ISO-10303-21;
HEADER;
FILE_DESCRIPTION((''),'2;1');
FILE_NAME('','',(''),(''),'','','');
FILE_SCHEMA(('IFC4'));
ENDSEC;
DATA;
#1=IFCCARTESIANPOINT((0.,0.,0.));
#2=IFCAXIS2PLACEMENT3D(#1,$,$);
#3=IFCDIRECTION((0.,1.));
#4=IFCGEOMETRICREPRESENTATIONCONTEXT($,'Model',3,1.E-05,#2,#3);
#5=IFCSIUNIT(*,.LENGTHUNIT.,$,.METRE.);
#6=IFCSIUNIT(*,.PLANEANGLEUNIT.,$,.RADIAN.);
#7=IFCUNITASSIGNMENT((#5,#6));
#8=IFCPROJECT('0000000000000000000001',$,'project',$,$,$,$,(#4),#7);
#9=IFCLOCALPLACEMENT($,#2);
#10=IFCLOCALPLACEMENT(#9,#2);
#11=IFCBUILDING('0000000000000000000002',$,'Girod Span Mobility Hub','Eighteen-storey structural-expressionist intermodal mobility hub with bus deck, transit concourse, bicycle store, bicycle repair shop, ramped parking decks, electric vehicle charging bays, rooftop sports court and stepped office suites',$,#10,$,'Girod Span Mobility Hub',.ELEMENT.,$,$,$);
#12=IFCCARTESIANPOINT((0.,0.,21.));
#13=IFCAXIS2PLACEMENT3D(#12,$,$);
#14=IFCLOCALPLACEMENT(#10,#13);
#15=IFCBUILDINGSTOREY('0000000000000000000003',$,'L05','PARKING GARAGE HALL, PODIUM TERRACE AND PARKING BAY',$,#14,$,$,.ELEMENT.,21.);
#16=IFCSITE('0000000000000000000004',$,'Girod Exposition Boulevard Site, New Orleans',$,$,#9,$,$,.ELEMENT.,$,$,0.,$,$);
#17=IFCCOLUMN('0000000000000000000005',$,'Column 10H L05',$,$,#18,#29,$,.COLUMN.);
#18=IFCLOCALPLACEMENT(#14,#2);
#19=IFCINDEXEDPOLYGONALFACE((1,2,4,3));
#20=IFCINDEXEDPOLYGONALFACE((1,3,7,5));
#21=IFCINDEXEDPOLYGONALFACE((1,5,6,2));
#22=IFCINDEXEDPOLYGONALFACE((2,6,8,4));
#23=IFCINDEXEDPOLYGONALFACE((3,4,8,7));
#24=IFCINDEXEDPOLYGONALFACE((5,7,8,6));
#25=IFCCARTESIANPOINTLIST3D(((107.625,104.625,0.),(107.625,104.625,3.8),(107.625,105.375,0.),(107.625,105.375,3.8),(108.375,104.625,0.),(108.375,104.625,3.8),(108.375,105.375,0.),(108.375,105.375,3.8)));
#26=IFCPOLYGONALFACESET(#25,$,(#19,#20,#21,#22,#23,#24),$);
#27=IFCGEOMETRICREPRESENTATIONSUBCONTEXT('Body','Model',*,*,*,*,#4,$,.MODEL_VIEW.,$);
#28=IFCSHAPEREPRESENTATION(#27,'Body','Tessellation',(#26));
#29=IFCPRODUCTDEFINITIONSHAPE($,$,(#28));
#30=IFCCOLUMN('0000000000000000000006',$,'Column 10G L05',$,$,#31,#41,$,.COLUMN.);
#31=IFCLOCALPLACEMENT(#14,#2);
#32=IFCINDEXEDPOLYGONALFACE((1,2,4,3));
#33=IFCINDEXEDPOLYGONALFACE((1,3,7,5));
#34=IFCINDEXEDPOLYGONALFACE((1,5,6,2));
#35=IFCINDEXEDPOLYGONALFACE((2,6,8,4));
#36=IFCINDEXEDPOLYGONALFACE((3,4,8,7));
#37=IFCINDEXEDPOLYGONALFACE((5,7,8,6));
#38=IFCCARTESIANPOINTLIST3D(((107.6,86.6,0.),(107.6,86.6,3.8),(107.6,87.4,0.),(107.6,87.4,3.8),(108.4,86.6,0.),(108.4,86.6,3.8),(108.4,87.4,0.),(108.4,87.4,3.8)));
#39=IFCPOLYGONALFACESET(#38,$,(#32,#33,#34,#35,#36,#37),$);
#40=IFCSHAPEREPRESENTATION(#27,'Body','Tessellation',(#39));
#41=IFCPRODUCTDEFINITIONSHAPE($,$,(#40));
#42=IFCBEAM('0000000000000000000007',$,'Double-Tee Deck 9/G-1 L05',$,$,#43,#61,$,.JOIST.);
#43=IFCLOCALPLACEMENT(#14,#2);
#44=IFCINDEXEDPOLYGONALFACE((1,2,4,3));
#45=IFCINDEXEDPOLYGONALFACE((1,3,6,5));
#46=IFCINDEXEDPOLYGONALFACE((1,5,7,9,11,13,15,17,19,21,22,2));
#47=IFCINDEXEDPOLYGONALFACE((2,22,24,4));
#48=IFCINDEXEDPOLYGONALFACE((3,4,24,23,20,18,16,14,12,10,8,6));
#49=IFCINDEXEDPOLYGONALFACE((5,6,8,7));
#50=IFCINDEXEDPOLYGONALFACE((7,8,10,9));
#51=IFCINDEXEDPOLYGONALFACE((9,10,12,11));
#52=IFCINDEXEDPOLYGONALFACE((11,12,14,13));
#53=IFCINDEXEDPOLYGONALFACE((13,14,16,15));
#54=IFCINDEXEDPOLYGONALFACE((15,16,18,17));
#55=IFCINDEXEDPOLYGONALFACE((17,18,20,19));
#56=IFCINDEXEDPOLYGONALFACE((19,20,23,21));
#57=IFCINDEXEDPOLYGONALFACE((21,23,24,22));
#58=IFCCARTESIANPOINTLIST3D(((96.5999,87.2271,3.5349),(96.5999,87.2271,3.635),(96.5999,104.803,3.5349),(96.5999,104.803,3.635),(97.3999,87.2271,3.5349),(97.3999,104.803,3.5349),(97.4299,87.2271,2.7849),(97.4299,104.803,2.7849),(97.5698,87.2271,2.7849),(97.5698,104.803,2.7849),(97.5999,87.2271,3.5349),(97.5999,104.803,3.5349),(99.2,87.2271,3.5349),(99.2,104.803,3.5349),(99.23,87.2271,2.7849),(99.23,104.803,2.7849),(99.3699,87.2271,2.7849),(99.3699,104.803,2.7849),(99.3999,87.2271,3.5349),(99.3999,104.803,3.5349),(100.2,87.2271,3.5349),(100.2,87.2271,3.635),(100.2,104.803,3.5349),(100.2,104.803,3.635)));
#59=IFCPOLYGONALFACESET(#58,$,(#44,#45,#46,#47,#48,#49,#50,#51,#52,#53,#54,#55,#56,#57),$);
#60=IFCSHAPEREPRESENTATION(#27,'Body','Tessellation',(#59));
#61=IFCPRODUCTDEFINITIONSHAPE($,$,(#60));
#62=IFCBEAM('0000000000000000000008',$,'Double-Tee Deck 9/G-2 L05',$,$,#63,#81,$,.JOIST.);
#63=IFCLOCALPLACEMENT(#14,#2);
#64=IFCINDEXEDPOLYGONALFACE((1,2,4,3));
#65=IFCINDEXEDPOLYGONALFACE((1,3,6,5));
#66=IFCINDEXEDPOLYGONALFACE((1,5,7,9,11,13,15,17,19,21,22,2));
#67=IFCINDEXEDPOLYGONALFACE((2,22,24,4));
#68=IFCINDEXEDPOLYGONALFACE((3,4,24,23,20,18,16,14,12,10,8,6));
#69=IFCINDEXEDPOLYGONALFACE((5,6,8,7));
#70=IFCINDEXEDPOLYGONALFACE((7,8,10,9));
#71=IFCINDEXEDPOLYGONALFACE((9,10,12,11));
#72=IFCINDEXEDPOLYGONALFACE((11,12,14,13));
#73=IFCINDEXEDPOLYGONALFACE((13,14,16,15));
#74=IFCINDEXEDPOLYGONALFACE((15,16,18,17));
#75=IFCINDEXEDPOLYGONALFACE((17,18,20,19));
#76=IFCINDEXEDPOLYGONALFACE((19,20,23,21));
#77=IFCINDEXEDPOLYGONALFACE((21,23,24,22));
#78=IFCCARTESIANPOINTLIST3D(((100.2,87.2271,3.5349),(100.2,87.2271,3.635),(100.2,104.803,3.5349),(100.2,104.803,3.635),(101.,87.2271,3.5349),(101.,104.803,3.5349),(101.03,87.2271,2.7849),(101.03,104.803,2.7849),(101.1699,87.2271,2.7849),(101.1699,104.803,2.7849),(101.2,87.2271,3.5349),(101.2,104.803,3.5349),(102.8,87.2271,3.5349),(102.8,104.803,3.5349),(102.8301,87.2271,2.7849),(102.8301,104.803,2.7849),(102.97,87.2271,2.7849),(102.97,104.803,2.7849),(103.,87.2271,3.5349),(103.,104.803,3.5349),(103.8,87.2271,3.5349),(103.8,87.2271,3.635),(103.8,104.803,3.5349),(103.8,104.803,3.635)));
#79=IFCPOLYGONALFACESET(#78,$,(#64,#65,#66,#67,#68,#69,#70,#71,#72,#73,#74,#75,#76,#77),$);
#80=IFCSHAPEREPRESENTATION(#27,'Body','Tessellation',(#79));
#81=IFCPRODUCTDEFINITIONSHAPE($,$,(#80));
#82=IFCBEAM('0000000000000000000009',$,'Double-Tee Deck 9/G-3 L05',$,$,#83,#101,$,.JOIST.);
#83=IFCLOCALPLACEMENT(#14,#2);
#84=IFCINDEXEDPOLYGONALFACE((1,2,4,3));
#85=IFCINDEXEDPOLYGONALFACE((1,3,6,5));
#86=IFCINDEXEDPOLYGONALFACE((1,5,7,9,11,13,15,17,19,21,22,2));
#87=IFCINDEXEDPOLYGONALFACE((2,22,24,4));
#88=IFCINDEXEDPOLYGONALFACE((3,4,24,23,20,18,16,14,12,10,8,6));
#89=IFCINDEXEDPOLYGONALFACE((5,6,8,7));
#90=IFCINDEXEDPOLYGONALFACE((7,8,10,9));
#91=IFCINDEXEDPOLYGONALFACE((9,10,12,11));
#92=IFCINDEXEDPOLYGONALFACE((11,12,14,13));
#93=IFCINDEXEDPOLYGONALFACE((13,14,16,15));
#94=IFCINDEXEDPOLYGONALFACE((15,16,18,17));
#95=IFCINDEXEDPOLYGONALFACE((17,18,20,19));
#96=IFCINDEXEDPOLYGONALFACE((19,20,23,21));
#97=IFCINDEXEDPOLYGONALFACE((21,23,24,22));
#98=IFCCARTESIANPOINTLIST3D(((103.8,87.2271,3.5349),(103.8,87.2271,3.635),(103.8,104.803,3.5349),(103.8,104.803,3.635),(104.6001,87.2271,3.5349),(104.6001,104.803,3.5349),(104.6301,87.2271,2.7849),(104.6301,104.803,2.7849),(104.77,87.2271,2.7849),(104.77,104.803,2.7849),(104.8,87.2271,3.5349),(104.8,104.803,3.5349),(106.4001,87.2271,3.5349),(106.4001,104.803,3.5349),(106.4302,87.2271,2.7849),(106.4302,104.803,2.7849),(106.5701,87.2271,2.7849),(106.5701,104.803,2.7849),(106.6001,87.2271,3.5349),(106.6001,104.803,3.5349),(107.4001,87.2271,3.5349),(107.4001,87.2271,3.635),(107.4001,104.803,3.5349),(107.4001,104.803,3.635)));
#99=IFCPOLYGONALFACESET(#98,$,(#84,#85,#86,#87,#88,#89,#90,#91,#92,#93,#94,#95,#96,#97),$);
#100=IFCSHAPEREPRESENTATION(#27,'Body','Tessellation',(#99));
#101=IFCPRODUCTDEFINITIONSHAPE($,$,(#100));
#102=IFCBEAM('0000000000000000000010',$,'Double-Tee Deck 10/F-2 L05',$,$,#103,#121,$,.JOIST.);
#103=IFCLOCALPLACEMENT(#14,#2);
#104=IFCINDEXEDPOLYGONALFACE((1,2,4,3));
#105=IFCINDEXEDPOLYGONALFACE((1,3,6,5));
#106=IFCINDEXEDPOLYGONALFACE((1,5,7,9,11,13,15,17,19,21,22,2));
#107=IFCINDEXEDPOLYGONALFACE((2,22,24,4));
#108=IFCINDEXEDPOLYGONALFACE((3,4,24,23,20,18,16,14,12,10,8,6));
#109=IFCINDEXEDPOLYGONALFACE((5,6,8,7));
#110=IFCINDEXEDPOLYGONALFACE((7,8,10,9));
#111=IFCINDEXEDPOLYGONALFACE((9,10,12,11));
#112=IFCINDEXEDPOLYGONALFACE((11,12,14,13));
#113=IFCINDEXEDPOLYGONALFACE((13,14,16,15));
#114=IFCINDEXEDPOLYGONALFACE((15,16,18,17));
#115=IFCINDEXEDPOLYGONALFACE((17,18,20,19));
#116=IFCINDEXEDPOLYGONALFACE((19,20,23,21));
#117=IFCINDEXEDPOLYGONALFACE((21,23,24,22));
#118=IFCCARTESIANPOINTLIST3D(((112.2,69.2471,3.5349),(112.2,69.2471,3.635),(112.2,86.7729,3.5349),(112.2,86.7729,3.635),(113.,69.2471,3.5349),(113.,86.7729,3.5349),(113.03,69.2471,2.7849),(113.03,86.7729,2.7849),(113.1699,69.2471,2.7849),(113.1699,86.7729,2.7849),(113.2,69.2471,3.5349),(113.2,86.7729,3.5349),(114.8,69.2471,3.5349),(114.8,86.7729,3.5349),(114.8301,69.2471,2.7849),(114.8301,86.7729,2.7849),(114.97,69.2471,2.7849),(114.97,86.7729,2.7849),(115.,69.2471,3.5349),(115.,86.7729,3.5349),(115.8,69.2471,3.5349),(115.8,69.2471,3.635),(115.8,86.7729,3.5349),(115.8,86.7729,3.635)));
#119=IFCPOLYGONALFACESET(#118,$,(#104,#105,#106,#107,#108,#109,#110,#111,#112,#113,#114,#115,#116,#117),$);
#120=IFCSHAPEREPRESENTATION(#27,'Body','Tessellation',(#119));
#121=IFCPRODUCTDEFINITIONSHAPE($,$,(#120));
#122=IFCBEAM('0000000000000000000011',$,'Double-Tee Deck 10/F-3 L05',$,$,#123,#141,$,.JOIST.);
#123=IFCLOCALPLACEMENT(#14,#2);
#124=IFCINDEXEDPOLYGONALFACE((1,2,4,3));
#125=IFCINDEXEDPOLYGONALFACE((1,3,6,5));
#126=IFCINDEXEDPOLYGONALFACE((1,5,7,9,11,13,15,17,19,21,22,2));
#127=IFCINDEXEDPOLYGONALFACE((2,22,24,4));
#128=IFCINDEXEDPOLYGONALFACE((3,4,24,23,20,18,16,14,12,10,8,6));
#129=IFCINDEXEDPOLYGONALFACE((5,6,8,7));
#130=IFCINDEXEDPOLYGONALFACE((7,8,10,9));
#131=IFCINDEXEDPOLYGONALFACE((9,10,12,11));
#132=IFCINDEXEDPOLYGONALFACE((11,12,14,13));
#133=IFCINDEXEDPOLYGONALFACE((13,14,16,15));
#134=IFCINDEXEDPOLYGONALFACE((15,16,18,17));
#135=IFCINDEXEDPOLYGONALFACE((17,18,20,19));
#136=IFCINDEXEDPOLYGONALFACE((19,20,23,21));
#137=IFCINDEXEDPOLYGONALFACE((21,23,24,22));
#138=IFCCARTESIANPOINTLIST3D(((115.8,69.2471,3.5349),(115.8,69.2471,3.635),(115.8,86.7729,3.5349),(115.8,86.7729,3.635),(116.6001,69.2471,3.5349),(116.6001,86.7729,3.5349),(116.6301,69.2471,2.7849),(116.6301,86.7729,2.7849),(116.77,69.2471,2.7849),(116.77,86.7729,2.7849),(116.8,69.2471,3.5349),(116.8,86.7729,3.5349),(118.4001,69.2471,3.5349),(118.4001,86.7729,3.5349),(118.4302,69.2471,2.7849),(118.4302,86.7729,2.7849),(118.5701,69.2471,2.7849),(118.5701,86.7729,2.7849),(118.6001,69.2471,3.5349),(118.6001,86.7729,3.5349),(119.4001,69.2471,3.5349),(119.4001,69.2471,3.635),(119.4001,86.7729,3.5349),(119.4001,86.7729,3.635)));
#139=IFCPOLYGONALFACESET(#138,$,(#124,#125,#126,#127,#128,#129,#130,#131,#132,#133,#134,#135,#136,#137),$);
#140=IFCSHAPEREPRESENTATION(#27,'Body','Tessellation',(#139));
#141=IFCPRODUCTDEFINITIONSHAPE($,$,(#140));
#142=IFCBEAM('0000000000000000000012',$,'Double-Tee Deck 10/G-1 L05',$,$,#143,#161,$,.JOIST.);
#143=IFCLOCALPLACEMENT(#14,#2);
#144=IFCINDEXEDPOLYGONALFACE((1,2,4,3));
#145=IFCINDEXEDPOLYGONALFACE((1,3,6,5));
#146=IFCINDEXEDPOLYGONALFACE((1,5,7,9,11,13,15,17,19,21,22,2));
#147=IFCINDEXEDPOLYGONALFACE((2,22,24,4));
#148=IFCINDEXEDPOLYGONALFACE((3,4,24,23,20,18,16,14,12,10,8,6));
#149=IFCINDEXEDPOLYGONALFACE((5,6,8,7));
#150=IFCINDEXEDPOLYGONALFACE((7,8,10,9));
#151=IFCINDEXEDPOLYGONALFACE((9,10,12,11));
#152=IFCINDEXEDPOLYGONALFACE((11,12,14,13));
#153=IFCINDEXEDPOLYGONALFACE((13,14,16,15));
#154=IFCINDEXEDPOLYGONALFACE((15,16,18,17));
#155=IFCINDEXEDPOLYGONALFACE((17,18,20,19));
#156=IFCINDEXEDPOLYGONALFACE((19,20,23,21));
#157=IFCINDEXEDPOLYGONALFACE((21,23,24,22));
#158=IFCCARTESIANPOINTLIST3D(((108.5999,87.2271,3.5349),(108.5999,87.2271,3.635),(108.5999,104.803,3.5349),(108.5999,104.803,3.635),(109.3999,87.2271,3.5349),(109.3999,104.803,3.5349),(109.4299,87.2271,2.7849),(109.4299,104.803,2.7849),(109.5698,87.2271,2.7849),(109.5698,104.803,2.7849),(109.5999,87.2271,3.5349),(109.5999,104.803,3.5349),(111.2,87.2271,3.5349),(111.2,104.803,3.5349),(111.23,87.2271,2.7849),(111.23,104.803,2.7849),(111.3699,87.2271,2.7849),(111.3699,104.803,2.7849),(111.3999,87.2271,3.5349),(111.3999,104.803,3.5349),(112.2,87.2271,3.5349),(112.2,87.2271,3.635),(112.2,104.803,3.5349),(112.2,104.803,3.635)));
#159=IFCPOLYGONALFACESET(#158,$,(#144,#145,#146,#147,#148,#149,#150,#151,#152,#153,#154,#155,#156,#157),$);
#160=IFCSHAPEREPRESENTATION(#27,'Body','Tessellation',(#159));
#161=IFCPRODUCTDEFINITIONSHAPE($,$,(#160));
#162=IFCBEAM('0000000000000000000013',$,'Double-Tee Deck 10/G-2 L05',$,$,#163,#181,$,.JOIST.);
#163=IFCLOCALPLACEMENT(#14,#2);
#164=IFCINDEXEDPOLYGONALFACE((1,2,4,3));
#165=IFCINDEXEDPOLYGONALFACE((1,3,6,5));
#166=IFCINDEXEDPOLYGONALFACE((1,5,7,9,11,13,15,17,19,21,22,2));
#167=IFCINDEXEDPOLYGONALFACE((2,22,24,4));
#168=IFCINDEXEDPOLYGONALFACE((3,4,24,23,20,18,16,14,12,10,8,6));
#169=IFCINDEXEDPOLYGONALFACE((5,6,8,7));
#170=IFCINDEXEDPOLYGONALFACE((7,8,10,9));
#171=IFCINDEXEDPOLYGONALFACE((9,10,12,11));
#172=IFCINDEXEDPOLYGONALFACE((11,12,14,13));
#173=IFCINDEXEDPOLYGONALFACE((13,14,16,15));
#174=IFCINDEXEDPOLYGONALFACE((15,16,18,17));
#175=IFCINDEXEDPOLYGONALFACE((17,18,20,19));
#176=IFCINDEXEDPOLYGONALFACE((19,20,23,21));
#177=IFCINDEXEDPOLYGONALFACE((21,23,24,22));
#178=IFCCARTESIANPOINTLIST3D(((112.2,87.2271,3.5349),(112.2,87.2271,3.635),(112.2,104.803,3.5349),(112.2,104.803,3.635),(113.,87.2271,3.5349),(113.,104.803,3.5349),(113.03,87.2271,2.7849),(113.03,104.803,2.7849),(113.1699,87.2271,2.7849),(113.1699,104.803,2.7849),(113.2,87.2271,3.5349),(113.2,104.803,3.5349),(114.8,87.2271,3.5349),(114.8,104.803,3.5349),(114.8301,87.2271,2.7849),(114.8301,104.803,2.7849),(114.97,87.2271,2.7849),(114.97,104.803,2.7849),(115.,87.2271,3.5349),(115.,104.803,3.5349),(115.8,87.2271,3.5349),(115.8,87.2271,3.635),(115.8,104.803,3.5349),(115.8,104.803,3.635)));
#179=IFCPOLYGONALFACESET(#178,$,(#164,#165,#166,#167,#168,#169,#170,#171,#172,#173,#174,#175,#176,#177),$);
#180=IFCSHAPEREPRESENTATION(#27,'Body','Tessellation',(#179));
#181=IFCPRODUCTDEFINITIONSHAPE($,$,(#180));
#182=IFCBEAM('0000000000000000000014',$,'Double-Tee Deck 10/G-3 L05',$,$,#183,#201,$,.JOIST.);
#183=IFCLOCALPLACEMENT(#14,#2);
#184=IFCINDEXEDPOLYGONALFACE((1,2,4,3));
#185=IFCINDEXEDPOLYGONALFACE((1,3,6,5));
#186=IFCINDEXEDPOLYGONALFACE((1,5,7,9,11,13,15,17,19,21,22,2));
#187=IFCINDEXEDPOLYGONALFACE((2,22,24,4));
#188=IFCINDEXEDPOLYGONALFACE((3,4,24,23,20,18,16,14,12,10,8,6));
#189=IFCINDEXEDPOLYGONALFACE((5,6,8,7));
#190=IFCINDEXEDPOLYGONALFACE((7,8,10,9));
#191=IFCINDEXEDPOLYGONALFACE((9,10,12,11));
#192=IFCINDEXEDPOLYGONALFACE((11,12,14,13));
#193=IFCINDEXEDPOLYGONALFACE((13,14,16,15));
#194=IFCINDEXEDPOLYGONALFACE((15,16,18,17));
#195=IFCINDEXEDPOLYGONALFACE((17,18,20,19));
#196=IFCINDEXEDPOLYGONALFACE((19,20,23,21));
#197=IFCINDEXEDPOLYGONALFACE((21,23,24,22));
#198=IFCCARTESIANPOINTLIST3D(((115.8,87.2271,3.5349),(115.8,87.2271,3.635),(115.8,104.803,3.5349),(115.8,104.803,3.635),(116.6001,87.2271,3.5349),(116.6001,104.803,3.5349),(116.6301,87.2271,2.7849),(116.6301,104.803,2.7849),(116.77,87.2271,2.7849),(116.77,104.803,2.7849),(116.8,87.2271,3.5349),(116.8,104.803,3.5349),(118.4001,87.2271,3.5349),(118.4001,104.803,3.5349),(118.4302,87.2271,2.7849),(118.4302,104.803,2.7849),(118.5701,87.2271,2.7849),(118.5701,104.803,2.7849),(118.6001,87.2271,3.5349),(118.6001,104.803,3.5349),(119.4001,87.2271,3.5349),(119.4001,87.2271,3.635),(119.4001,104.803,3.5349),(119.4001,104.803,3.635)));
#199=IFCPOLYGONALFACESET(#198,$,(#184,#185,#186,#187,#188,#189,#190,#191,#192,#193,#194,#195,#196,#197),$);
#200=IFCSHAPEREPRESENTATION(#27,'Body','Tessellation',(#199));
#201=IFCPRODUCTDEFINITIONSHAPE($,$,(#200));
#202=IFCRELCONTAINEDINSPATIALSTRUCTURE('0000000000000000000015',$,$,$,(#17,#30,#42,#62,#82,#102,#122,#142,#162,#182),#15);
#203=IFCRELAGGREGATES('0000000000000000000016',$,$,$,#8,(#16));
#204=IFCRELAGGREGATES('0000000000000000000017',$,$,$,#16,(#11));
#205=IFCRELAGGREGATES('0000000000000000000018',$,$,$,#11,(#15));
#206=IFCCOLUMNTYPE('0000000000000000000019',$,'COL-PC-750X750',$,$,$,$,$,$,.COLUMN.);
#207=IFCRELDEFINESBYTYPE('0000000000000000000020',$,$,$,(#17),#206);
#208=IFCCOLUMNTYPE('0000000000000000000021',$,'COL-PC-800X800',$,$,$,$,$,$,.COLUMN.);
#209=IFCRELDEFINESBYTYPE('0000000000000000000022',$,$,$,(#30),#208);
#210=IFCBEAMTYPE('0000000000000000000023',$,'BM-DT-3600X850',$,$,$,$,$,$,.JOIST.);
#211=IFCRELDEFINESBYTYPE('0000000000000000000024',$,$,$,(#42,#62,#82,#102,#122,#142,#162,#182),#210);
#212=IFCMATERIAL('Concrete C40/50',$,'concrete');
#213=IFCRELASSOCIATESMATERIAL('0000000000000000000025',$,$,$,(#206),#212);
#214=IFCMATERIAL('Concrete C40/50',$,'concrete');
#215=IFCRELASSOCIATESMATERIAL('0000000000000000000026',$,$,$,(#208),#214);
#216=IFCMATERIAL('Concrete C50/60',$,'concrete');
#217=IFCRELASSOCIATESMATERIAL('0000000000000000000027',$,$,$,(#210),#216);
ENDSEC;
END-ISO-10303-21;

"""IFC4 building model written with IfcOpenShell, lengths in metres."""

from ifc_helpers import new_model, si_unit, direction, frame, origin, origin_2d, place, context, subcontext, project, spatial, polyline, rectangle, outline, extrude, material, material_profile, profile_set, type_object, element, save


model = new_model("IFC4")

# Units and contexts
model_context = context("Model", 3, precision=1e-05, world=origin(), true_north=direction((0.0, 1.0)))
body_context = subcontext(model_context, "Body", "Model", "MODEL_VIEW")
ifc_project = project(units=[si_unit("LENGTHUNIT", "METRE"), si_unit("PLANEANGLEUNIT", "RADIAN")], contexts=[model_context])

# Site, building, storey
site_placement = place(None, origin())
site = spatial("IfcSite", under=ifc_project, at=site_placement, Name="Girod Exposition Boulevard Site, New Orleans", CompositionType="ELEMENT", RefElevation=0.0)
building_placement = place(site_placement, origin())
building = spatial("IfcBuilding", under=site, at=building_placement, Name="Girod Span Mobility Hub", Description="Eighteen-storey structural-expressionist intermodal mobility hub with bus deck, transit concourse, bicycle store, bicycle repair shop, ramped parking decks, electric vehicle charging bays, rooftop sports court and stepped office suites", LongName="Girod Span Mobility Hub", CompositionType="ELEMENT")
storey_placement = place(building_placement, frame((0.0, 0.0, 21.0)))
storey = spatial("IfcBuildingStorey", under=building, at=storey_placement, Name="L05", Description="PARKING GARAGE HALL, PODIUM TERRACE AND PARKING BAY", CompositionType="ELEMENT", Elevation=21.0)

# Columns
ifc_material_1 = material(Name="Concrete C40/50", Category="concrete")
ifc_material_profile_1 = material_profile(ifc_material_1, rectangle(XDim=0.75, YDim=0.75, at=origin_2d()), Name="PC-COL-750X750")
ifc_profile_set_1 = profile_set([ifc_material_profile_1], Name="Concrete C40/50")
column_type_1 = type_object("IfcColumnType", Name="COL-PC-750X750", PredefinedType="COLUMN", material=ifc_profile_set_1)
column_1_placement = place(storey_placement, frame((108.0, 105.0, 0.0), z_axis=(0.0, 0.0, 1.0), x_axis=(1.0, 0.0, 0.0)))
element("IfcColumn", 1, at=column_1_placement, inside=storey, type_object=column_type_1, Name="Column 10H L05", PredefinedType="COLUMN", context=body_context, shape_type="SweptSolid", body=[
    extrude(rectangle(XDim=0.75, YDim=0.75, at=origin_2d()), origin(), (0.0, 0.0, 1.0), 3.8),
])
ifc_material_2 = material(Name="Concrete C40/50", Category="concrete")
ifc_material_profile_2 = material_profile(ifc_material_2, rectangle(XDim=0.8, YDim=0.8, at=origin_2d()), Name="PC-COL-800X800")
ifc_profile_set_2 = profile_set([ifc_material_profile_2], Name="Concrete C40/50")
column_type_2 = type_object("IfcColumnType", Name="COL-PC-800X800", PredefinedType="COLUMN", material=ifc_profile_set_2)
column_2_placement = place(storey_placement, frame((108.0, 87.0, 0.0), z_axis=(0.0, 0.0, 1.0), x_axis=(1.0, 0.0, 0.0)))
element("IfcColumn", 2, at=column_2_placement, inside=storey, type_object=column_type_2, Name="Column 10G L05", PredefinedType="COLUMN", context=body_context, shape_type="SweptSolid", body=[
    extrude(rectangle(XDim=0.8, YDim=0.8, at=origin_2d()), origin(), (0.0, 0.0, 1.0), 3.8),
])

# Beams
ifc_material_3 = material(Name="Concrete C50/60", Category="concrete")
ifc_material_profile_3 = material_profile(ifc_material_3, outline(polyline([(-1.8, 0.425), (-1.8, 0.325), (-1.0, 0.325), (-0.97, -0.425), (-0.8301, -0.425), (-0.8, 0.325), (0.8, 0.325), (0.8301, -0.425), (0.97, -0.425), (1.0, 0.325), (1.8, 0.325), (1.8, 0.425), (-1.8, 0.425)])), Name="DT-3600X850")
ifc_profile_set_3 = profile_set([ifc_material_profile_3], Name="Concrete C50/60")
beam_type_1 = type_object("IfcBeamType", Name="BM-DT-3600X850", PredefinedType="JOIST", material=ifc_profile_set_3)
for number, where, z_axis, x_axis, name in (
    (3, (98.3999, 87.2271, 3.21), (0.0, 1.0, 0.0), (-1.0, 0.0, 0.0), "Double-Tee Deck 9/G-1 L05"),
    (4, (102.0, 87.2271, 3.21), (0.0, 1.0, 0.0), (-1.0, 0.0, 0.0), "Double-Tee Deck 9/G-2 L05"),
    (5, (105.6001, 87.2271, 3.21), (0.0, 1.0, 0.0), (-1.0, 0.0, 0.0), "Double-Tee Deck 9/G-3 L05"),
):
    element("IfcBeam", number, at=place(storey_placement, frame(where, z_axis=z_axis, x_axis=x_axis)), inside=storey, type_object=beam_type_1, Name=name, PredefinedType="JOIST", context=body_context, shape_type="SweptSolid", body=[
        extrude(outline(polyline([(-1.8, 0.425), (-1.8, 0.325), (-1.0, 0.325), (-0.97, -0.425), (-0.8301, -0.425), (-0.8, 0.325), (0.8, 0.325), (0.8301, -0.425), (0.97, -0.425), (1.0, 0.325), (1.8, 0.325), (1.8, 0.425), (-1.8, 0.425)])), origin(), (0.0, 0.0, 1.0), 17.5759),
    ])
for number, where, z_axis, x_axis, name in (
    (6, (114.0, 69.2471, 3.21), (0.0, 1.0, 0.0), (-1.0, 0.0, 0.0), "Double-Tee Deck 10/F-2 L05"),
    (7, (117.6001, 69.2471, 3.21), (0.0, 1.0, 0.0), (-1.0, 0.0, 0.0), "Double-Tee Deck 10/F-3 L05"),
):
    element("IfcBeam", number, at=place(storey_placement, frame(where, z_axis=z_axis, x_axis=x_axis)), inside=storey, type_object=beam_type_1, Name=name, PredefinedType="JOIST", context=body_context, shape_type="SweptSolid", body=[
        extrude(outline(polyline([(-1.8, 0.425), (-1.8, 0.325), (-1.0, 0.325), (-0.97, -0.425), (-0.8301, -0.425), (-0.8, 0.325), (0.8, 0.325), (0.8301, -0.425), (0.97, -0.425), (1.0, 0.325), (1.8, 0.325), (1.8, 0.425), (-1.8, 0.425)])), origin(), (0.0, 0.0, 1.0), 17.5259),
    ])
for number, where, z_axis, x_axis, name in (
    (8, (110.3999, 87.2271, 3.21), (0.0, 1.0, 0.0), (-1.0, 0.0, 0.0), "Double-Tee Deck 10/G-1 L05"),
    (9, (114.0, 87.2271, 3.21), (0.0, 1.0, 0.0), (-1.0, 0.0, 0.0), "Double-Tee Deck 10/G-2 L05"),
    (10, (117.6001, 87.2271, 3.21), (0.0, 1.0, 0.0), (-1.0, 0.0, 0.0), "Double-Tee Deck 10/G-3 L05"),
):
    element("IfcBeam", number, at=place(storey_placement, frame(where, z_axis=z_axis, x_axis=x_axis)), inside=storey, type_object=beam_type_1, Name=name, PredefinedType="JOIST", context=body_context, shape_type="SweptSolid", body=[
        extrude(outline(polyline([(-1.8, 0.425), (-1.8, 0.325), (-1.0, 0.325), (-0.97, -0.425), (-0.8301, -0.425), (-0.8, 0.325), (0.8, 0.325), (0.8301, -0.425), (0.97, -0.425), (1.0, 0.325), (1.8, 0.325), (1.8, 0.425), (-1.8, 0.425)])), origin(), (0.0, 0.0, 1.0), 17.5759),
    ])

save(model, "model.ifc")
